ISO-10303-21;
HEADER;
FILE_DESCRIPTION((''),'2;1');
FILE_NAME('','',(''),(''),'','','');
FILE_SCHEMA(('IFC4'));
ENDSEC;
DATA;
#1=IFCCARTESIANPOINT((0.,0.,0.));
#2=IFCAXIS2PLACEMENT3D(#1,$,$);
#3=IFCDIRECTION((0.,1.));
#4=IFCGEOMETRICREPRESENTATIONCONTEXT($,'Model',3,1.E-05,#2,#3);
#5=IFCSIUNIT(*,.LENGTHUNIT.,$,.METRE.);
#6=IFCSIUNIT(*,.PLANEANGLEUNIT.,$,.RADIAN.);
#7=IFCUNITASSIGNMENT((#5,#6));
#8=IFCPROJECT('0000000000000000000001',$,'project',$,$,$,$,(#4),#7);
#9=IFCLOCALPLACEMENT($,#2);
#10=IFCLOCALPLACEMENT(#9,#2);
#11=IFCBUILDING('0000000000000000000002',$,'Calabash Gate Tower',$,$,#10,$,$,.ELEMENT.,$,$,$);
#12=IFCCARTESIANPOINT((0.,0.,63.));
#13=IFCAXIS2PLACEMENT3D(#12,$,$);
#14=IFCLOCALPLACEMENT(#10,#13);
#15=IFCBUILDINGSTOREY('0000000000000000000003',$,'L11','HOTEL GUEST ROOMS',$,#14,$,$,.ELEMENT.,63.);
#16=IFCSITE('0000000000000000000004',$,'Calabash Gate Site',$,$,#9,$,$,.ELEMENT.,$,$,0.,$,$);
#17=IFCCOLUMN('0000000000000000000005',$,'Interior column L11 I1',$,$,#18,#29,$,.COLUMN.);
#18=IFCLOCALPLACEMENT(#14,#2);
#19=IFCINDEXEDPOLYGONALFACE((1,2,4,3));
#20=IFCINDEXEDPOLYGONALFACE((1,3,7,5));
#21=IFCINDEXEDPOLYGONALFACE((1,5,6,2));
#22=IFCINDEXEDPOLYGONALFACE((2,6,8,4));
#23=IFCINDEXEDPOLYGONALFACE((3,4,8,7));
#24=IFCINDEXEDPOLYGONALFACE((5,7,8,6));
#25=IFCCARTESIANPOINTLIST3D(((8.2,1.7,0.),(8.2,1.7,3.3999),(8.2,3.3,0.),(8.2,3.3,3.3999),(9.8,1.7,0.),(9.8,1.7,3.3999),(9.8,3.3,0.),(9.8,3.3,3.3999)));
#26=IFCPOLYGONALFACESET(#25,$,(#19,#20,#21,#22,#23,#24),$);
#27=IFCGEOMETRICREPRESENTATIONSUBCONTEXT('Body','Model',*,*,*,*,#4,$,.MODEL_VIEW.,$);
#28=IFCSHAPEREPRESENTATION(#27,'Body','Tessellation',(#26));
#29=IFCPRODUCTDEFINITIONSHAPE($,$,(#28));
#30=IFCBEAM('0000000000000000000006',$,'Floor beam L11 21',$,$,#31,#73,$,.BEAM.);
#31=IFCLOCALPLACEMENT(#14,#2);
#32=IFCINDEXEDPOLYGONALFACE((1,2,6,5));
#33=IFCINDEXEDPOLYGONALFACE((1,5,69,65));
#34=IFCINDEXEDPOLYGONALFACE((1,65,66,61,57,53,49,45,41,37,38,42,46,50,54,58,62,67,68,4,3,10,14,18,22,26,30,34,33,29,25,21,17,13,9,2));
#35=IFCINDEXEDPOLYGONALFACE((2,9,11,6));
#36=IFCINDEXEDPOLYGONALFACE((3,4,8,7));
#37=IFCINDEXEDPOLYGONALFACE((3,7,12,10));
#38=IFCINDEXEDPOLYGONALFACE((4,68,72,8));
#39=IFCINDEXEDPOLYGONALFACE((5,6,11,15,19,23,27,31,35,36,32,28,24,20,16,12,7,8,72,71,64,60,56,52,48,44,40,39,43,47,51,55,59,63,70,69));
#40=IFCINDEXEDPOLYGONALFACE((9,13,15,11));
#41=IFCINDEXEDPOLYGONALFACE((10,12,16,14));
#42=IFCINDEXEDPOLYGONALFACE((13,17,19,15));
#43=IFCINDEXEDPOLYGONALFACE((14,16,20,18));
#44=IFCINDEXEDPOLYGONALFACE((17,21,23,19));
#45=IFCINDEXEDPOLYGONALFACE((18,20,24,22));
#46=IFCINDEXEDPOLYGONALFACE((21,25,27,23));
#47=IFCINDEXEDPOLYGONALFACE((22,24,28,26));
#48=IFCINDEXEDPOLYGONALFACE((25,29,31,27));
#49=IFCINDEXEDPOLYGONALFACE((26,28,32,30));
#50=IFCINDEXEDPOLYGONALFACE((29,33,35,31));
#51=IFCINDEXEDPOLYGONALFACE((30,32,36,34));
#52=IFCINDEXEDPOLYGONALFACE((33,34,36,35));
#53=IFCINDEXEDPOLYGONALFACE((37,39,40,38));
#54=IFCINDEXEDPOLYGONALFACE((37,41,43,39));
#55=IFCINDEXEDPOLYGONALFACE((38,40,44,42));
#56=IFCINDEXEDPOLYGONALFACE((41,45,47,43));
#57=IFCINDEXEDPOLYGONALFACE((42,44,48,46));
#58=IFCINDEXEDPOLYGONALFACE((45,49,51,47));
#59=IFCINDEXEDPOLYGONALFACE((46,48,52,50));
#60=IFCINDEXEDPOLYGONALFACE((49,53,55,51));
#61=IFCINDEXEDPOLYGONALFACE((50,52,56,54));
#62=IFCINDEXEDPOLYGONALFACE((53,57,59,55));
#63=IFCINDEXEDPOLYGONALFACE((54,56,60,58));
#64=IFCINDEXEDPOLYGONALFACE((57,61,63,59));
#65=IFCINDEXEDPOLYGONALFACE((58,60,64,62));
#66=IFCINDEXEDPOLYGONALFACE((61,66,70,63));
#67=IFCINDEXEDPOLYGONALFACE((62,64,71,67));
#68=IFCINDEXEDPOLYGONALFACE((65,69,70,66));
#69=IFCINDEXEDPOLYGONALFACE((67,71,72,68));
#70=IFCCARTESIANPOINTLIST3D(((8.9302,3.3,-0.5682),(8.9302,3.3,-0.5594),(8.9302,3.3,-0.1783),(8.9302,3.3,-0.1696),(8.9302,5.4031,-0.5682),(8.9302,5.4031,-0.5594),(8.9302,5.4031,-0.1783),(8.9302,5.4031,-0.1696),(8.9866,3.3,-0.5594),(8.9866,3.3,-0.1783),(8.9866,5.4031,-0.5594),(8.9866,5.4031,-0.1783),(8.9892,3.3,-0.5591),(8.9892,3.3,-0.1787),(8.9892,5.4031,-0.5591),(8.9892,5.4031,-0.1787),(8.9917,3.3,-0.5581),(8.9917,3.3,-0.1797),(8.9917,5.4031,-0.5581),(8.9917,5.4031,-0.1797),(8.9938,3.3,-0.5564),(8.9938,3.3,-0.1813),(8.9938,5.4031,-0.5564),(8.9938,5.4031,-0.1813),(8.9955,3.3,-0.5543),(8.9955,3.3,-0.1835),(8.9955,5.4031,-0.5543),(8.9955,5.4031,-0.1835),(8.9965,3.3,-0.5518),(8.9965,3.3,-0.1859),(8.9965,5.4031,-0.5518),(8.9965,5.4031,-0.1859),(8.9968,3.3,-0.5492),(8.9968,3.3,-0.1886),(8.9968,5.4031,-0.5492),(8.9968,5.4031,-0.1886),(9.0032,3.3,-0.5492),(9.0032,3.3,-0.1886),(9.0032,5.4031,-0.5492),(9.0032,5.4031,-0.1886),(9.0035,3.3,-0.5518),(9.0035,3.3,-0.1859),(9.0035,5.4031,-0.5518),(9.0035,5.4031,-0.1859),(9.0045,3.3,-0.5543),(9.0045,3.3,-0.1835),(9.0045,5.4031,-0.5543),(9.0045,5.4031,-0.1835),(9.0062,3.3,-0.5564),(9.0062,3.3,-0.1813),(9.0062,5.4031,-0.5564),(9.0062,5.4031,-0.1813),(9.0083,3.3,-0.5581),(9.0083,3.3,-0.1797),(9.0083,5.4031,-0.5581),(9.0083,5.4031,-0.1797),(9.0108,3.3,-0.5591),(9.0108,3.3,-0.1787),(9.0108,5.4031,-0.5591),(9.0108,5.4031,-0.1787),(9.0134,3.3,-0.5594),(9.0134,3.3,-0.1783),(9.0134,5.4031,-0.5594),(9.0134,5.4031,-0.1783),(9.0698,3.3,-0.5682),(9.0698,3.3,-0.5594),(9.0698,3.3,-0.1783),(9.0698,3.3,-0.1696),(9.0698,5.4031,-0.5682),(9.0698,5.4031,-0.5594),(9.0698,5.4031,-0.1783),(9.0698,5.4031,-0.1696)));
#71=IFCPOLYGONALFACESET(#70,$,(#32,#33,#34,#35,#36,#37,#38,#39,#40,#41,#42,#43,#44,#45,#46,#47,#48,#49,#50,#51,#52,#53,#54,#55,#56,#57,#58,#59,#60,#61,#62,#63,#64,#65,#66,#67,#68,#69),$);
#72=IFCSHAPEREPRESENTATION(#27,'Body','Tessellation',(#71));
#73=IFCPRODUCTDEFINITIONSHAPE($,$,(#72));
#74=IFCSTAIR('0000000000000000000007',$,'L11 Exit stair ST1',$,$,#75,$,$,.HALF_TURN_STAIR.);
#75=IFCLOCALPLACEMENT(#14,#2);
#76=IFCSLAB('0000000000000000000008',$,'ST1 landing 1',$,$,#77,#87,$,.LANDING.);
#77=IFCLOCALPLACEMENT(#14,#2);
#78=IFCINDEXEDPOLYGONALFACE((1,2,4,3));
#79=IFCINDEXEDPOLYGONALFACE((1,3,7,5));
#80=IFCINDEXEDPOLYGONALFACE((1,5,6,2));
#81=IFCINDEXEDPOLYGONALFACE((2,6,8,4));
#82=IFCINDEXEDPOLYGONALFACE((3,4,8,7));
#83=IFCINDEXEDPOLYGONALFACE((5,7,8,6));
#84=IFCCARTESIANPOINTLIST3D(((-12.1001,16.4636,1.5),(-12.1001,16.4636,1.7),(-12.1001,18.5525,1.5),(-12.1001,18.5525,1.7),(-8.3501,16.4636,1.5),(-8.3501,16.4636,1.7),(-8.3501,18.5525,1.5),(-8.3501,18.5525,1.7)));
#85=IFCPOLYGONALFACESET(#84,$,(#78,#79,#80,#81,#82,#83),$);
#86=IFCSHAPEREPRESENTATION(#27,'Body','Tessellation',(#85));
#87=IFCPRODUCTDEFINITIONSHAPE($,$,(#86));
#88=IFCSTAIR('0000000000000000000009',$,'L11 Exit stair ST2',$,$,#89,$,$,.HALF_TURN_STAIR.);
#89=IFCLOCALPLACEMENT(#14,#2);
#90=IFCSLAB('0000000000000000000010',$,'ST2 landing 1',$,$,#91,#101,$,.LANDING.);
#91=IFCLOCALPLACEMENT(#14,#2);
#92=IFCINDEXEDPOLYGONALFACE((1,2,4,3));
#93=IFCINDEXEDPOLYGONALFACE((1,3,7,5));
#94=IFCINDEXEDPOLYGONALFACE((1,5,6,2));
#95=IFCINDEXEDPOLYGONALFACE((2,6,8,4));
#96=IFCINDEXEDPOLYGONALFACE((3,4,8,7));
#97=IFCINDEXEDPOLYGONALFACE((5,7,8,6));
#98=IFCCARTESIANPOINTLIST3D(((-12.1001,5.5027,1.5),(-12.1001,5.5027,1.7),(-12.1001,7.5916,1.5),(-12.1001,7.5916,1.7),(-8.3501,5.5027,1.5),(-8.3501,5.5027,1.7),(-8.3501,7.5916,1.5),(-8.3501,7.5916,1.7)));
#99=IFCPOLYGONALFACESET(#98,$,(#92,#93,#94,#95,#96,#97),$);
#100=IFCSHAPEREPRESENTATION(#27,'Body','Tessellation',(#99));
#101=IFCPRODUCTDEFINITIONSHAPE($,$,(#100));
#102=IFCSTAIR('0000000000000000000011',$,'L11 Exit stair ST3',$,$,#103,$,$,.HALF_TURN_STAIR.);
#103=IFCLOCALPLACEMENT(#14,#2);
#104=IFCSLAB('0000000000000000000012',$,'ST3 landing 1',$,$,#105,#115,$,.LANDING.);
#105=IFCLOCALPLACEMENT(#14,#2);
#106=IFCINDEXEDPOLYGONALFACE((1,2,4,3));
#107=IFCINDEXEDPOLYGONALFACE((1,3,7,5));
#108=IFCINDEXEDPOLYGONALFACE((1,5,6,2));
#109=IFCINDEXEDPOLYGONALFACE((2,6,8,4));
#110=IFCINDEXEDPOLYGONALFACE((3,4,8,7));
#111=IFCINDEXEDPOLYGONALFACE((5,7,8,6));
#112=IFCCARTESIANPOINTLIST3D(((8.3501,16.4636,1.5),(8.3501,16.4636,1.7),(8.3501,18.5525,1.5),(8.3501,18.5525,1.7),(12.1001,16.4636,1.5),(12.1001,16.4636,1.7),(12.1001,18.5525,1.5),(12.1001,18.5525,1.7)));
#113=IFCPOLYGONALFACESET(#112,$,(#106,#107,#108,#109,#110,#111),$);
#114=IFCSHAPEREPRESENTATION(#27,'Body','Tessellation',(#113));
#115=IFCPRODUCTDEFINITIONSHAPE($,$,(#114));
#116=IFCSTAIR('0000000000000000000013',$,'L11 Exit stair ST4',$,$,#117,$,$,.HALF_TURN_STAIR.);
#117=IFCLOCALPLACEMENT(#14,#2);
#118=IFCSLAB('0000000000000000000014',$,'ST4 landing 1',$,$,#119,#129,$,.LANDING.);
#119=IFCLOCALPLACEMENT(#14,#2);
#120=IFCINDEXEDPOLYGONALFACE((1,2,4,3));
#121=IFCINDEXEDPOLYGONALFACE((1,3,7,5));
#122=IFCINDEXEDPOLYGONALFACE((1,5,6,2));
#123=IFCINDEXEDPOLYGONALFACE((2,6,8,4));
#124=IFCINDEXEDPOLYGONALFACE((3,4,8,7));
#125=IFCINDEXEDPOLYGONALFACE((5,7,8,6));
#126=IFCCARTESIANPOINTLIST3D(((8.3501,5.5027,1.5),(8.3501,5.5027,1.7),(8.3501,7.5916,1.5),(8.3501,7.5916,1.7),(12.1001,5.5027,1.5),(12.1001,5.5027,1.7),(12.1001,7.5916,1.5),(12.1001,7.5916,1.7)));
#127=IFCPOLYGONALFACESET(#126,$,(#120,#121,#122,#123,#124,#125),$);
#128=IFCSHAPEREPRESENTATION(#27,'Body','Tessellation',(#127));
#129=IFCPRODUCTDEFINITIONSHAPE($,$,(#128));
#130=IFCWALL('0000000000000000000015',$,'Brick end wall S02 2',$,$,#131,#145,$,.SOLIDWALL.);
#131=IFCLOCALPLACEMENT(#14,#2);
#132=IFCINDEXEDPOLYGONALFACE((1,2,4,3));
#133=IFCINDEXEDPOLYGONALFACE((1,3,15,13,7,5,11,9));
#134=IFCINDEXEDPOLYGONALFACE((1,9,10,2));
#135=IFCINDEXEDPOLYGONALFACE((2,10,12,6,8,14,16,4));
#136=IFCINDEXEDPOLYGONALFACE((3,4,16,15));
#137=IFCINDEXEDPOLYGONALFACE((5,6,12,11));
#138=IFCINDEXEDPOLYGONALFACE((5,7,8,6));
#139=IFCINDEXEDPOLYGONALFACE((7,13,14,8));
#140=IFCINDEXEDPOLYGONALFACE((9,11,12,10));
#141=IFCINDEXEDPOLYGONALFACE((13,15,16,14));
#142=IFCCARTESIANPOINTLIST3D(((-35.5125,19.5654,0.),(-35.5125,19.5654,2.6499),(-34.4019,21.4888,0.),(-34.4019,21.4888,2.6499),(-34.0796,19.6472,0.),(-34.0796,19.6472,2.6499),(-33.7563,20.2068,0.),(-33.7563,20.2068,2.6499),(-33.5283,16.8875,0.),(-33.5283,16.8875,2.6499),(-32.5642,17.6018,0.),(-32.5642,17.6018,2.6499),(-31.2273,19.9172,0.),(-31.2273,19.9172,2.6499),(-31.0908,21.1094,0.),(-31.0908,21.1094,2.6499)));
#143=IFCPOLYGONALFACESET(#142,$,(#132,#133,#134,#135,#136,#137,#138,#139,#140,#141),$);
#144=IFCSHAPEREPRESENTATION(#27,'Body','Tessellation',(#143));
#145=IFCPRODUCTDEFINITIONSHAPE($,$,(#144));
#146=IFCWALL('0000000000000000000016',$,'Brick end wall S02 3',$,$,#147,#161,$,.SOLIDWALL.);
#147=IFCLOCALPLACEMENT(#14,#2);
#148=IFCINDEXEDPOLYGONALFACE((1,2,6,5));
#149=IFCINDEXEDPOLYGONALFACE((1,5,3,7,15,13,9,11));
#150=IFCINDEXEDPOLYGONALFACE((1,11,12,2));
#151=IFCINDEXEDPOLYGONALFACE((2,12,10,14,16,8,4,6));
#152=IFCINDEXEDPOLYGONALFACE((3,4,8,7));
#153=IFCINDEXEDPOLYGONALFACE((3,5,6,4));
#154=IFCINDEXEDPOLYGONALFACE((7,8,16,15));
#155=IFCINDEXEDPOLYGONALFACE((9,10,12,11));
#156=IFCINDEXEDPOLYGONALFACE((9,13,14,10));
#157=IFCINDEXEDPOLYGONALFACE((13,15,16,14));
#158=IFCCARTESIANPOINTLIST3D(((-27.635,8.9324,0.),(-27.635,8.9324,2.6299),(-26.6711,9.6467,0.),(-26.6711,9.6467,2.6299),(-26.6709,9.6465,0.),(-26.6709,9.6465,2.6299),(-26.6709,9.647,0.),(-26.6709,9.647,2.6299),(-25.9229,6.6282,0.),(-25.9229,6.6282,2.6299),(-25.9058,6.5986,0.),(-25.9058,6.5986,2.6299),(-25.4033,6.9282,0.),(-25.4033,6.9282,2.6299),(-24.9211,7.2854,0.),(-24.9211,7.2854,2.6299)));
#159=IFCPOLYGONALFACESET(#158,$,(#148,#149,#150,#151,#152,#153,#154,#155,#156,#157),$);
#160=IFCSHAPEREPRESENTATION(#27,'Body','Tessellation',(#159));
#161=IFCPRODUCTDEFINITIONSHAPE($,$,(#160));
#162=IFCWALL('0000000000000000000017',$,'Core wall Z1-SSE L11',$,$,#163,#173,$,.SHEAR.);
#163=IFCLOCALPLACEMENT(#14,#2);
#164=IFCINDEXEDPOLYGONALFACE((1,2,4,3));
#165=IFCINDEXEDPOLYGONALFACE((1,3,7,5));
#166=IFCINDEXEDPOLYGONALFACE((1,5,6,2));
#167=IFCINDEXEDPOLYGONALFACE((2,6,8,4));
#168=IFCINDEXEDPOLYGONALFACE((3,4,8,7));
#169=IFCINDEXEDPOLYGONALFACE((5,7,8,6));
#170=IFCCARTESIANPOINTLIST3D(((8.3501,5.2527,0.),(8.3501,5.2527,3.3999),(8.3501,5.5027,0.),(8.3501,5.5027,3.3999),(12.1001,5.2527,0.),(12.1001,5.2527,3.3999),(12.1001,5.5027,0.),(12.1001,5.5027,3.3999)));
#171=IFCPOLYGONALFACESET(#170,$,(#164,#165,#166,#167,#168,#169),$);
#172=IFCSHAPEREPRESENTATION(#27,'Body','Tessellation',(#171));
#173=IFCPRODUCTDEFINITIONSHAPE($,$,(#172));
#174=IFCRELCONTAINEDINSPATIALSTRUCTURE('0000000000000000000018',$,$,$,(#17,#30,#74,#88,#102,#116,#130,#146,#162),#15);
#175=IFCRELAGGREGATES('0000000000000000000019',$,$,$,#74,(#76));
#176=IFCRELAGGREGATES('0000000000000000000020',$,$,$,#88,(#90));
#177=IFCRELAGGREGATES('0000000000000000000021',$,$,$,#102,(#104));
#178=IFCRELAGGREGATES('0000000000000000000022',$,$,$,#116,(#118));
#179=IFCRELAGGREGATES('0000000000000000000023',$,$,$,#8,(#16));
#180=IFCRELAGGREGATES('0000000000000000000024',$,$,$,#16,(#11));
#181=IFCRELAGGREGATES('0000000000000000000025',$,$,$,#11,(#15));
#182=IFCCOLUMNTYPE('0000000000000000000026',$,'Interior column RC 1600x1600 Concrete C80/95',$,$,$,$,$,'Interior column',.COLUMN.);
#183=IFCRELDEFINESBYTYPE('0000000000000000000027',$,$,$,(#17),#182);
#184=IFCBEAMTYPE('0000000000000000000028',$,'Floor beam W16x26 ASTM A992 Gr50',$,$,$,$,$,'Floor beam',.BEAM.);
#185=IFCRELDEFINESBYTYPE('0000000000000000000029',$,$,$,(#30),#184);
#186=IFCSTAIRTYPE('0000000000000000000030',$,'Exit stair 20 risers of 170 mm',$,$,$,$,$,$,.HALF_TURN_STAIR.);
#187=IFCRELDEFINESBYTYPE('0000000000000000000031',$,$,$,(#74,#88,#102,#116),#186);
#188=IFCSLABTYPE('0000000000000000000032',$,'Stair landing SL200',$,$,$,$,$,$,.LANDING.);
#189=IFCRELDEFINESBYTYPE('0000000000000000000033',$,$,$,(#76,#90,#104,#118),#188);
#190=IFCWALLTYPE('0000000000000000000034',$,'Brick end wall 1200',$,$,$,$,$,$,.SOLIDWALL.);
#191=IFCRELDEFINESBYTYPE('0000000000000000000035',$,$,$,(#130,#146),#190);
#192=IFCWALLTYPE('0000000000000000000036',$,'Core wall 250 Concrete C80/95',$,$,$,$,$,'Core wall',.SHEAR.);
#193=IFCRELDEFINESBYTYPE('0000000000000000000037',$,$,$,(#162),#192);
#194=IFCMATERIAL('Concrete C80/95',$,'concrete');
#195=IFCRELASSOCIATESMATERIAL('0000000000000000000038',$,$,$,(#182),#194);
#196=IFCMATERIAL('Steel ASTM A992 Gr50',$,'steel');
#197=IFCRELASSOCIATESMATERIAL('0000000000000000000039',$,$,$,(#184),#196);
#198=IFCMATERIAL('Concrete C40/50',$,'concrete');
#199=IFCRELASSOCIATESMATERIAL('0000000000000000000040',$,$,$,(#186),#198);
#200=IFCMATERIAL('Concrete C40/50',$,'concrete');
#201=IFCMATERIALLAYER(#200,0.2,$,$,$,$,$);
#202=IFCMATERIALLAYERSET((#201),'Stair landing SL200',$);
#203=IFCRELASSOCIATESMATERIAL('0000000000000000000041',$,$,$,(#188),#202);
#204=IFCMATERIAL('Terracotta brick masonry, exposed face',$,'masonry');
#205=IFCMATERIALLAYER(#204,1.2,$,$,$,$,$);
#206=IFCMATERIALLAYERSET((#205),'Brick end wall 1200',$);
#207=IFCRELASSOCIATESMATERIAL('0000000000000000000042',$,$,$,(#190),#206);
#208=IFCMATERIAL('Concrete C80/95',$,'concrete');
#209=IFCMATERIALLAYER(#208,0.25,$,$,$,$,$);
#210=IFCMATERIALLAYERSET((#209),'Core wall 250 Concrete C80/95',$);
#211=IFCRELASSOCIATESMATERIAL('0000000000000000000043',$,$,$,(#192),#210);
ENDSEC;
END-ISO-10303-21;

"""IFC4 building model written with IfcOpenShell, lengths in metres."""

from ifc_helpers import new_model, si_unit, direction, frame, frame_2d, origin, origin_2d, place, context, subcontext, project, spatial, polyline, rectangle, i_section, outline, extrude, material, layer, layer_set, material_profile, profile_set, type_object, element, aggregate, save


model = new_model("IFC4")

# Units and contexts
model_context = context("Model", 3, precision=1e-05, world=origin(), true_north=direction((0.0, 1.0)))
body_context = subcontext(model_context, "Body", "Model", "MODEL_VIEW")
ifc_project = project(units=[si_unit("LENGTHUNIT", "METRE"), si_unit("PLANEANGLEUNIT", "RADIAN")], contexts=[model_context])

# Site, building, storey
site_placement = place(None, origin())
site = spatial("IfcSite", under=ifc_project, at=site_placement, Name="Calabash Gate Site", CompositionType="ELEMENT", RefElevation=0.0)
building_placement = place(site_placement, origin())
building = spatial("IfcBuilding", under=site, at=building_placement, Name="Calabash Gate Tower", CompositionType="ELEMENT")
storey_placement = place(building_placement, frame((0.0, 0.0, 63.0)))
storey = spatial("IfcBuildingStorey", under=building, at=storey_placement, Name="L11", Description="HOTEL GUEST ROOMS", CompositionType="ELEMENT", Elevation=63.0)

# Column
ifc_material_1 = material(Name="Concrete C80/95", Category="concrete")
ifc_material_profile_1 = material_profile(ifc_material_1, rectangle(XDim=1.6001, YDim=1.6001, at=origin_2d()))
ifc_profile_set_1 = profile_set([ifc_material_profile_1], Name="Concrete C80/95")
column_type = type_object("IfcColumnType", Name="Interior column RC 1600x1600 Concrete C80/95", ElementType="Interior column", PredefinedType="COLUMN", material=ifc_profile_set_1)
column_placement = place(storey_placement, frame((9.0, 2.5, 0.0), z_axis=(0.0, 0.0, 1.0), x_axis=(1.0, 0.0, 0.0)))
element("IfcColumn", 1, at=column_placement, inside=storey, type_object=column_type, Name="Interior column L11 I1", PredefinedType="COLUMN", context=body_context, shape_type="SweptSolid", body=[
    extrude(rectangle(XDim=1.6001, YDim=1.6001, at=origin_2d()), origin(), (0.0, 0.0, 1.0), 3.3999),
])

# Beam
ifc_material_2 = material(Name="Steel ASTM A992 Gr50", Category="steel")
ifc_material_profile_2 = material_profile(ifc_material_2, i_section(OverallWidth=0.1396, OverallDepth=0.3987, WebThickness=0.0063, FlangeThickness=0.0088, FilletRadius=0.0103, at=origin_2d()))
ifc_profile_set_2 = profile_set([ifc_material_profile_2], Name="Steel ASTM A992 Gr50")
beam_type = type_object("IfcBeamType", Name="Floor beam W16x26 ASTM A992 Gr50", ElementType="Floor beam", PredefinedType="BEAM", material=ifc_profile_set_2)
beam_placement = place(storey_placement, frame((9.0, 3.3, -0.3689), z_axis=(0.0, 1.0, 0.0), x_axis=(-1.0, 0.0, 0.0)))
element("IfcBeam", 2, at=beam_placement, inside=storey, type_object=beam_type, Name="Floor beam L11 21", PredefinedType="BEAM", context=body_context, shape_type="SweptSolid", body=[
    extrude(i_section(OverallWidth=0.1396, OverallDepth=0.3987, WebThickness=0.0063, FlangeThickness=0.0088, FilletRadius=0.0103, at=origin_2d()), origin(), (0.0, 0.0, 1.0), 2.103),
])

# Stairs, slabs
ifc_material_3 = material(Name="Concrete C40/50", Category="concrete")
stair_type = type_object("IfcStairType", Name="Exit stair 20 risers of 170 mm", PredefinedType="HALF_TURN_STAIR", material=ifc_material_3)
stair_1_placement = place(storey_placement, origin())
stair_1 = element("IfcStair", 3, at=stair_1_placement, inside=storey, type_object=stair_type, Name="L11 Exit stair ST1", PredefinedType="HALF_TURN_STAIR")
ifc_material_4 = material(Name="Concrete C40/50", Category="concrete")
ifc_layer_1 = layer(ifc_material_4, 0.2)
ifc_layer_set_1 = layer_set([ifc_layer_1], Name="Stair landing SL200")
slab_type = type_object("IfcSlabType", Name="Stair landing SL200", PredefinedType="LANDING", material=ifc_layer_set_1)
slab_1_placement = place(storey_placement, frame((0.0, 0.0, 1.5)))
slab_1 = element("IfcSlab", 4, at=slab_1_placement, type_object=slab_type, Name="ST1 landing 1", PredefinedType="LANDING", context=body_context, shape_type="SweptSolid", body=[
    extrude(outline(polyline([(-8.3501, 16.4636), (-8.3501, 18.5525), (-12.1001, 18.5525), (-12.1001, 16.4636), (-8.3501, 16.4636)])), origin(), (0.0, 0.0, 1.0), 0.2),
])
aggregate(stair_1, [slab_1])
stair_2_placement = place(storey_placement, origin())
stair_2 = element("IfcStair", 5, at=stair_2_placement, inside=storey, type_object=stair_type, Name="L11 Exit stair ST2", PredefinedType="HALF_TURN_STAIR")
slab_2_placement = place(storey_placement, frame((0.0, 0.0, 1.5)))
slab_2 = element("IfcSlab", 6, at=slab_2_placement, type_object=slab_type, Name="ST2 landing 1", PredefinedType="LANDING", context=body_context, shape_type="SweptSolid", body=[
    extrude(outline(polyline([(-12.1001, 7.5916), (-12.1001, 5.5027), (-8.3501, 5.5027), (-8.3501, 7.5916), (-12.1001, 7.5916)])), origin(), (0.0, 0.0, 1.0), 0.2),
])
aggregate(stair_2, [slab_2])
stair_3_placement = place(storey_placement, origin())
stair_3 = element("IfcStair", 7, at=stair_3_placement, inside=storey, type_object=stair_type, Name="L11 Exit stair ST3", PredefinedType="HALF_TURN_STAIR")
slab_3_placement = place(storey_placement, frame((0.0, 0.0, 1.5)))
slab_3 = element("IfcSlab", 8, at=slab_3_placement, type_object=slab_type, Name="ST3 landing 1", PredefinedType="LANDING", context=body_context, shape_type="SweptSolid", body=[
    extrude(outline(polyline([(12.1001, 16.4636), (12.1001, 18.5525), (8.3501, 18.5525), (8.3501, 16.4636), (12.1001, 16.4636)])), origin(), (0.0, 0.0, 1.0), 0.2),
])
aggregate(stair_3, [slab_3])
stair_4_placement = place(storey_placement, origin())
stair_4 = element("IfcStair", 9, at=stair_4_placement, inside=storey, type_object=stair_type, Name="L11 Exit stair ST4", PredefinedType="HALF_TURN_STAIR")
slab_4_placement = place(storey_placement, frame((0.0, 0.0, 1.5)))
slab_4 = element("IfcSlab", 10, at=slab_4_placement, type_object=slab_type, Name="ST4 landing 1", PredefinedType="LANDING", context=body_context, shape_type="SweptSolid", body=[
    extrude(outline(polyline([(8.3501, 7.5916), (8.3501, 5.5027), (12.1001, 5.5027), (12.1001, 7.5916), (8.3501, 7.5916)])), origin(), (0.0, 0.0, 1.0), 0.2),
])
aggregate(stair_4, [slab_4])

# Walls
ifc_material_5 = material(Name="Terracotta brick masonry, exposed face", Category="masonry")
ifc_layer_2 = layer(ifc_material_5, 1.2)
ifc_layer_set_2 = layer_set([ifc_layer_2], Name="Brick end wall 1200")
wall_type_1 = type_object("IfcWallType", Name="Brick end wall 1200", PredefinedType="SOLIDWALL", material=ifc_layer_set_2)
wall_1_placement = place(storey_placement, origin())
element("IfcWall", 11, at=wall_1_placement, inside=storey, type_object=wall_type_1, Name="Brick end wall S02 2", PredefinedType="SOLIDWALL", context=body_context, shape_type="SweptSolid", body=[
    extrude(outline(polyline([(-33.7563, 20.2068), (-31.2273, 19.9172), (-31.0908, 21.1094), (-34.4019, 21.4888), (-35.5125, 19.5654), (-33.5283, 16.8875), (-32.5642, 17.6018), (-34.0796, 19.6472), (-33.7563, 20.2068)])), origin(), (0.0, 0.0, 1.0), 2.6499),
])
wall_2_placement = place(storey_placement, origin())
element("IfcWall", 12, at=wall_2_placement, inside=storey, type_object=wall_type_1, Name="Brick end wall S02 3", PredefinedType="SOLIDWALL", context=body_context, shape_type="SweptSolid", body=[
    extrude(outline(polyline([(-24.9211, 7.2854), (-26.6709, 9.647), (-26.6711, 9.6467), (-26.6709, 9.6465), (-27.635, 8.9324), (-25.9058, 6.5986), (-25.9229, 6.6282), (-25.4033, 6.9282), (-24.9211, 7.2854)])), origin(), (0.0, 0.0, 1.0), 2.6299),
])
ifc_material_6 = material(Name="Concrete C80/95", Category="concrete")
ifc_layer_3 = layer(ifc_material_6, 0.25)
ifc_layer_set_3 = layer_set([ifc_layer_3], Name="Core wall 250 Concrete C80/95")
wall_type_2 = type_object("IfcWallType", Name="Core wall 250 Concrete C80/95", ElementType="Core wall", PredefinedType="SHEAR", material=ifc_layer_set_3)
wall_3_placement = place(storey_placement, frame((8.3501, 5.3777, 0.0), z_axis=(0.0, 0.0, 1.0), x_axis=(1.0, 0.0, 0.0)))
element("IfcWall", 13, at=wall_3_placement, inside=storey, type_object=wall_type_2, Name="Core wall Z1-SSE L11", PredefinedType="SHEAR", context=body_context, shape_type="SweptSolid", body=[
    extrude(rectangle(XDim=3.75, YDim=0.25, at=frame_2d((1.875, 0.0))), origin(), (0.0, 0.0, 1.0), 3.3999),
])

save(model, "model.ifc")
